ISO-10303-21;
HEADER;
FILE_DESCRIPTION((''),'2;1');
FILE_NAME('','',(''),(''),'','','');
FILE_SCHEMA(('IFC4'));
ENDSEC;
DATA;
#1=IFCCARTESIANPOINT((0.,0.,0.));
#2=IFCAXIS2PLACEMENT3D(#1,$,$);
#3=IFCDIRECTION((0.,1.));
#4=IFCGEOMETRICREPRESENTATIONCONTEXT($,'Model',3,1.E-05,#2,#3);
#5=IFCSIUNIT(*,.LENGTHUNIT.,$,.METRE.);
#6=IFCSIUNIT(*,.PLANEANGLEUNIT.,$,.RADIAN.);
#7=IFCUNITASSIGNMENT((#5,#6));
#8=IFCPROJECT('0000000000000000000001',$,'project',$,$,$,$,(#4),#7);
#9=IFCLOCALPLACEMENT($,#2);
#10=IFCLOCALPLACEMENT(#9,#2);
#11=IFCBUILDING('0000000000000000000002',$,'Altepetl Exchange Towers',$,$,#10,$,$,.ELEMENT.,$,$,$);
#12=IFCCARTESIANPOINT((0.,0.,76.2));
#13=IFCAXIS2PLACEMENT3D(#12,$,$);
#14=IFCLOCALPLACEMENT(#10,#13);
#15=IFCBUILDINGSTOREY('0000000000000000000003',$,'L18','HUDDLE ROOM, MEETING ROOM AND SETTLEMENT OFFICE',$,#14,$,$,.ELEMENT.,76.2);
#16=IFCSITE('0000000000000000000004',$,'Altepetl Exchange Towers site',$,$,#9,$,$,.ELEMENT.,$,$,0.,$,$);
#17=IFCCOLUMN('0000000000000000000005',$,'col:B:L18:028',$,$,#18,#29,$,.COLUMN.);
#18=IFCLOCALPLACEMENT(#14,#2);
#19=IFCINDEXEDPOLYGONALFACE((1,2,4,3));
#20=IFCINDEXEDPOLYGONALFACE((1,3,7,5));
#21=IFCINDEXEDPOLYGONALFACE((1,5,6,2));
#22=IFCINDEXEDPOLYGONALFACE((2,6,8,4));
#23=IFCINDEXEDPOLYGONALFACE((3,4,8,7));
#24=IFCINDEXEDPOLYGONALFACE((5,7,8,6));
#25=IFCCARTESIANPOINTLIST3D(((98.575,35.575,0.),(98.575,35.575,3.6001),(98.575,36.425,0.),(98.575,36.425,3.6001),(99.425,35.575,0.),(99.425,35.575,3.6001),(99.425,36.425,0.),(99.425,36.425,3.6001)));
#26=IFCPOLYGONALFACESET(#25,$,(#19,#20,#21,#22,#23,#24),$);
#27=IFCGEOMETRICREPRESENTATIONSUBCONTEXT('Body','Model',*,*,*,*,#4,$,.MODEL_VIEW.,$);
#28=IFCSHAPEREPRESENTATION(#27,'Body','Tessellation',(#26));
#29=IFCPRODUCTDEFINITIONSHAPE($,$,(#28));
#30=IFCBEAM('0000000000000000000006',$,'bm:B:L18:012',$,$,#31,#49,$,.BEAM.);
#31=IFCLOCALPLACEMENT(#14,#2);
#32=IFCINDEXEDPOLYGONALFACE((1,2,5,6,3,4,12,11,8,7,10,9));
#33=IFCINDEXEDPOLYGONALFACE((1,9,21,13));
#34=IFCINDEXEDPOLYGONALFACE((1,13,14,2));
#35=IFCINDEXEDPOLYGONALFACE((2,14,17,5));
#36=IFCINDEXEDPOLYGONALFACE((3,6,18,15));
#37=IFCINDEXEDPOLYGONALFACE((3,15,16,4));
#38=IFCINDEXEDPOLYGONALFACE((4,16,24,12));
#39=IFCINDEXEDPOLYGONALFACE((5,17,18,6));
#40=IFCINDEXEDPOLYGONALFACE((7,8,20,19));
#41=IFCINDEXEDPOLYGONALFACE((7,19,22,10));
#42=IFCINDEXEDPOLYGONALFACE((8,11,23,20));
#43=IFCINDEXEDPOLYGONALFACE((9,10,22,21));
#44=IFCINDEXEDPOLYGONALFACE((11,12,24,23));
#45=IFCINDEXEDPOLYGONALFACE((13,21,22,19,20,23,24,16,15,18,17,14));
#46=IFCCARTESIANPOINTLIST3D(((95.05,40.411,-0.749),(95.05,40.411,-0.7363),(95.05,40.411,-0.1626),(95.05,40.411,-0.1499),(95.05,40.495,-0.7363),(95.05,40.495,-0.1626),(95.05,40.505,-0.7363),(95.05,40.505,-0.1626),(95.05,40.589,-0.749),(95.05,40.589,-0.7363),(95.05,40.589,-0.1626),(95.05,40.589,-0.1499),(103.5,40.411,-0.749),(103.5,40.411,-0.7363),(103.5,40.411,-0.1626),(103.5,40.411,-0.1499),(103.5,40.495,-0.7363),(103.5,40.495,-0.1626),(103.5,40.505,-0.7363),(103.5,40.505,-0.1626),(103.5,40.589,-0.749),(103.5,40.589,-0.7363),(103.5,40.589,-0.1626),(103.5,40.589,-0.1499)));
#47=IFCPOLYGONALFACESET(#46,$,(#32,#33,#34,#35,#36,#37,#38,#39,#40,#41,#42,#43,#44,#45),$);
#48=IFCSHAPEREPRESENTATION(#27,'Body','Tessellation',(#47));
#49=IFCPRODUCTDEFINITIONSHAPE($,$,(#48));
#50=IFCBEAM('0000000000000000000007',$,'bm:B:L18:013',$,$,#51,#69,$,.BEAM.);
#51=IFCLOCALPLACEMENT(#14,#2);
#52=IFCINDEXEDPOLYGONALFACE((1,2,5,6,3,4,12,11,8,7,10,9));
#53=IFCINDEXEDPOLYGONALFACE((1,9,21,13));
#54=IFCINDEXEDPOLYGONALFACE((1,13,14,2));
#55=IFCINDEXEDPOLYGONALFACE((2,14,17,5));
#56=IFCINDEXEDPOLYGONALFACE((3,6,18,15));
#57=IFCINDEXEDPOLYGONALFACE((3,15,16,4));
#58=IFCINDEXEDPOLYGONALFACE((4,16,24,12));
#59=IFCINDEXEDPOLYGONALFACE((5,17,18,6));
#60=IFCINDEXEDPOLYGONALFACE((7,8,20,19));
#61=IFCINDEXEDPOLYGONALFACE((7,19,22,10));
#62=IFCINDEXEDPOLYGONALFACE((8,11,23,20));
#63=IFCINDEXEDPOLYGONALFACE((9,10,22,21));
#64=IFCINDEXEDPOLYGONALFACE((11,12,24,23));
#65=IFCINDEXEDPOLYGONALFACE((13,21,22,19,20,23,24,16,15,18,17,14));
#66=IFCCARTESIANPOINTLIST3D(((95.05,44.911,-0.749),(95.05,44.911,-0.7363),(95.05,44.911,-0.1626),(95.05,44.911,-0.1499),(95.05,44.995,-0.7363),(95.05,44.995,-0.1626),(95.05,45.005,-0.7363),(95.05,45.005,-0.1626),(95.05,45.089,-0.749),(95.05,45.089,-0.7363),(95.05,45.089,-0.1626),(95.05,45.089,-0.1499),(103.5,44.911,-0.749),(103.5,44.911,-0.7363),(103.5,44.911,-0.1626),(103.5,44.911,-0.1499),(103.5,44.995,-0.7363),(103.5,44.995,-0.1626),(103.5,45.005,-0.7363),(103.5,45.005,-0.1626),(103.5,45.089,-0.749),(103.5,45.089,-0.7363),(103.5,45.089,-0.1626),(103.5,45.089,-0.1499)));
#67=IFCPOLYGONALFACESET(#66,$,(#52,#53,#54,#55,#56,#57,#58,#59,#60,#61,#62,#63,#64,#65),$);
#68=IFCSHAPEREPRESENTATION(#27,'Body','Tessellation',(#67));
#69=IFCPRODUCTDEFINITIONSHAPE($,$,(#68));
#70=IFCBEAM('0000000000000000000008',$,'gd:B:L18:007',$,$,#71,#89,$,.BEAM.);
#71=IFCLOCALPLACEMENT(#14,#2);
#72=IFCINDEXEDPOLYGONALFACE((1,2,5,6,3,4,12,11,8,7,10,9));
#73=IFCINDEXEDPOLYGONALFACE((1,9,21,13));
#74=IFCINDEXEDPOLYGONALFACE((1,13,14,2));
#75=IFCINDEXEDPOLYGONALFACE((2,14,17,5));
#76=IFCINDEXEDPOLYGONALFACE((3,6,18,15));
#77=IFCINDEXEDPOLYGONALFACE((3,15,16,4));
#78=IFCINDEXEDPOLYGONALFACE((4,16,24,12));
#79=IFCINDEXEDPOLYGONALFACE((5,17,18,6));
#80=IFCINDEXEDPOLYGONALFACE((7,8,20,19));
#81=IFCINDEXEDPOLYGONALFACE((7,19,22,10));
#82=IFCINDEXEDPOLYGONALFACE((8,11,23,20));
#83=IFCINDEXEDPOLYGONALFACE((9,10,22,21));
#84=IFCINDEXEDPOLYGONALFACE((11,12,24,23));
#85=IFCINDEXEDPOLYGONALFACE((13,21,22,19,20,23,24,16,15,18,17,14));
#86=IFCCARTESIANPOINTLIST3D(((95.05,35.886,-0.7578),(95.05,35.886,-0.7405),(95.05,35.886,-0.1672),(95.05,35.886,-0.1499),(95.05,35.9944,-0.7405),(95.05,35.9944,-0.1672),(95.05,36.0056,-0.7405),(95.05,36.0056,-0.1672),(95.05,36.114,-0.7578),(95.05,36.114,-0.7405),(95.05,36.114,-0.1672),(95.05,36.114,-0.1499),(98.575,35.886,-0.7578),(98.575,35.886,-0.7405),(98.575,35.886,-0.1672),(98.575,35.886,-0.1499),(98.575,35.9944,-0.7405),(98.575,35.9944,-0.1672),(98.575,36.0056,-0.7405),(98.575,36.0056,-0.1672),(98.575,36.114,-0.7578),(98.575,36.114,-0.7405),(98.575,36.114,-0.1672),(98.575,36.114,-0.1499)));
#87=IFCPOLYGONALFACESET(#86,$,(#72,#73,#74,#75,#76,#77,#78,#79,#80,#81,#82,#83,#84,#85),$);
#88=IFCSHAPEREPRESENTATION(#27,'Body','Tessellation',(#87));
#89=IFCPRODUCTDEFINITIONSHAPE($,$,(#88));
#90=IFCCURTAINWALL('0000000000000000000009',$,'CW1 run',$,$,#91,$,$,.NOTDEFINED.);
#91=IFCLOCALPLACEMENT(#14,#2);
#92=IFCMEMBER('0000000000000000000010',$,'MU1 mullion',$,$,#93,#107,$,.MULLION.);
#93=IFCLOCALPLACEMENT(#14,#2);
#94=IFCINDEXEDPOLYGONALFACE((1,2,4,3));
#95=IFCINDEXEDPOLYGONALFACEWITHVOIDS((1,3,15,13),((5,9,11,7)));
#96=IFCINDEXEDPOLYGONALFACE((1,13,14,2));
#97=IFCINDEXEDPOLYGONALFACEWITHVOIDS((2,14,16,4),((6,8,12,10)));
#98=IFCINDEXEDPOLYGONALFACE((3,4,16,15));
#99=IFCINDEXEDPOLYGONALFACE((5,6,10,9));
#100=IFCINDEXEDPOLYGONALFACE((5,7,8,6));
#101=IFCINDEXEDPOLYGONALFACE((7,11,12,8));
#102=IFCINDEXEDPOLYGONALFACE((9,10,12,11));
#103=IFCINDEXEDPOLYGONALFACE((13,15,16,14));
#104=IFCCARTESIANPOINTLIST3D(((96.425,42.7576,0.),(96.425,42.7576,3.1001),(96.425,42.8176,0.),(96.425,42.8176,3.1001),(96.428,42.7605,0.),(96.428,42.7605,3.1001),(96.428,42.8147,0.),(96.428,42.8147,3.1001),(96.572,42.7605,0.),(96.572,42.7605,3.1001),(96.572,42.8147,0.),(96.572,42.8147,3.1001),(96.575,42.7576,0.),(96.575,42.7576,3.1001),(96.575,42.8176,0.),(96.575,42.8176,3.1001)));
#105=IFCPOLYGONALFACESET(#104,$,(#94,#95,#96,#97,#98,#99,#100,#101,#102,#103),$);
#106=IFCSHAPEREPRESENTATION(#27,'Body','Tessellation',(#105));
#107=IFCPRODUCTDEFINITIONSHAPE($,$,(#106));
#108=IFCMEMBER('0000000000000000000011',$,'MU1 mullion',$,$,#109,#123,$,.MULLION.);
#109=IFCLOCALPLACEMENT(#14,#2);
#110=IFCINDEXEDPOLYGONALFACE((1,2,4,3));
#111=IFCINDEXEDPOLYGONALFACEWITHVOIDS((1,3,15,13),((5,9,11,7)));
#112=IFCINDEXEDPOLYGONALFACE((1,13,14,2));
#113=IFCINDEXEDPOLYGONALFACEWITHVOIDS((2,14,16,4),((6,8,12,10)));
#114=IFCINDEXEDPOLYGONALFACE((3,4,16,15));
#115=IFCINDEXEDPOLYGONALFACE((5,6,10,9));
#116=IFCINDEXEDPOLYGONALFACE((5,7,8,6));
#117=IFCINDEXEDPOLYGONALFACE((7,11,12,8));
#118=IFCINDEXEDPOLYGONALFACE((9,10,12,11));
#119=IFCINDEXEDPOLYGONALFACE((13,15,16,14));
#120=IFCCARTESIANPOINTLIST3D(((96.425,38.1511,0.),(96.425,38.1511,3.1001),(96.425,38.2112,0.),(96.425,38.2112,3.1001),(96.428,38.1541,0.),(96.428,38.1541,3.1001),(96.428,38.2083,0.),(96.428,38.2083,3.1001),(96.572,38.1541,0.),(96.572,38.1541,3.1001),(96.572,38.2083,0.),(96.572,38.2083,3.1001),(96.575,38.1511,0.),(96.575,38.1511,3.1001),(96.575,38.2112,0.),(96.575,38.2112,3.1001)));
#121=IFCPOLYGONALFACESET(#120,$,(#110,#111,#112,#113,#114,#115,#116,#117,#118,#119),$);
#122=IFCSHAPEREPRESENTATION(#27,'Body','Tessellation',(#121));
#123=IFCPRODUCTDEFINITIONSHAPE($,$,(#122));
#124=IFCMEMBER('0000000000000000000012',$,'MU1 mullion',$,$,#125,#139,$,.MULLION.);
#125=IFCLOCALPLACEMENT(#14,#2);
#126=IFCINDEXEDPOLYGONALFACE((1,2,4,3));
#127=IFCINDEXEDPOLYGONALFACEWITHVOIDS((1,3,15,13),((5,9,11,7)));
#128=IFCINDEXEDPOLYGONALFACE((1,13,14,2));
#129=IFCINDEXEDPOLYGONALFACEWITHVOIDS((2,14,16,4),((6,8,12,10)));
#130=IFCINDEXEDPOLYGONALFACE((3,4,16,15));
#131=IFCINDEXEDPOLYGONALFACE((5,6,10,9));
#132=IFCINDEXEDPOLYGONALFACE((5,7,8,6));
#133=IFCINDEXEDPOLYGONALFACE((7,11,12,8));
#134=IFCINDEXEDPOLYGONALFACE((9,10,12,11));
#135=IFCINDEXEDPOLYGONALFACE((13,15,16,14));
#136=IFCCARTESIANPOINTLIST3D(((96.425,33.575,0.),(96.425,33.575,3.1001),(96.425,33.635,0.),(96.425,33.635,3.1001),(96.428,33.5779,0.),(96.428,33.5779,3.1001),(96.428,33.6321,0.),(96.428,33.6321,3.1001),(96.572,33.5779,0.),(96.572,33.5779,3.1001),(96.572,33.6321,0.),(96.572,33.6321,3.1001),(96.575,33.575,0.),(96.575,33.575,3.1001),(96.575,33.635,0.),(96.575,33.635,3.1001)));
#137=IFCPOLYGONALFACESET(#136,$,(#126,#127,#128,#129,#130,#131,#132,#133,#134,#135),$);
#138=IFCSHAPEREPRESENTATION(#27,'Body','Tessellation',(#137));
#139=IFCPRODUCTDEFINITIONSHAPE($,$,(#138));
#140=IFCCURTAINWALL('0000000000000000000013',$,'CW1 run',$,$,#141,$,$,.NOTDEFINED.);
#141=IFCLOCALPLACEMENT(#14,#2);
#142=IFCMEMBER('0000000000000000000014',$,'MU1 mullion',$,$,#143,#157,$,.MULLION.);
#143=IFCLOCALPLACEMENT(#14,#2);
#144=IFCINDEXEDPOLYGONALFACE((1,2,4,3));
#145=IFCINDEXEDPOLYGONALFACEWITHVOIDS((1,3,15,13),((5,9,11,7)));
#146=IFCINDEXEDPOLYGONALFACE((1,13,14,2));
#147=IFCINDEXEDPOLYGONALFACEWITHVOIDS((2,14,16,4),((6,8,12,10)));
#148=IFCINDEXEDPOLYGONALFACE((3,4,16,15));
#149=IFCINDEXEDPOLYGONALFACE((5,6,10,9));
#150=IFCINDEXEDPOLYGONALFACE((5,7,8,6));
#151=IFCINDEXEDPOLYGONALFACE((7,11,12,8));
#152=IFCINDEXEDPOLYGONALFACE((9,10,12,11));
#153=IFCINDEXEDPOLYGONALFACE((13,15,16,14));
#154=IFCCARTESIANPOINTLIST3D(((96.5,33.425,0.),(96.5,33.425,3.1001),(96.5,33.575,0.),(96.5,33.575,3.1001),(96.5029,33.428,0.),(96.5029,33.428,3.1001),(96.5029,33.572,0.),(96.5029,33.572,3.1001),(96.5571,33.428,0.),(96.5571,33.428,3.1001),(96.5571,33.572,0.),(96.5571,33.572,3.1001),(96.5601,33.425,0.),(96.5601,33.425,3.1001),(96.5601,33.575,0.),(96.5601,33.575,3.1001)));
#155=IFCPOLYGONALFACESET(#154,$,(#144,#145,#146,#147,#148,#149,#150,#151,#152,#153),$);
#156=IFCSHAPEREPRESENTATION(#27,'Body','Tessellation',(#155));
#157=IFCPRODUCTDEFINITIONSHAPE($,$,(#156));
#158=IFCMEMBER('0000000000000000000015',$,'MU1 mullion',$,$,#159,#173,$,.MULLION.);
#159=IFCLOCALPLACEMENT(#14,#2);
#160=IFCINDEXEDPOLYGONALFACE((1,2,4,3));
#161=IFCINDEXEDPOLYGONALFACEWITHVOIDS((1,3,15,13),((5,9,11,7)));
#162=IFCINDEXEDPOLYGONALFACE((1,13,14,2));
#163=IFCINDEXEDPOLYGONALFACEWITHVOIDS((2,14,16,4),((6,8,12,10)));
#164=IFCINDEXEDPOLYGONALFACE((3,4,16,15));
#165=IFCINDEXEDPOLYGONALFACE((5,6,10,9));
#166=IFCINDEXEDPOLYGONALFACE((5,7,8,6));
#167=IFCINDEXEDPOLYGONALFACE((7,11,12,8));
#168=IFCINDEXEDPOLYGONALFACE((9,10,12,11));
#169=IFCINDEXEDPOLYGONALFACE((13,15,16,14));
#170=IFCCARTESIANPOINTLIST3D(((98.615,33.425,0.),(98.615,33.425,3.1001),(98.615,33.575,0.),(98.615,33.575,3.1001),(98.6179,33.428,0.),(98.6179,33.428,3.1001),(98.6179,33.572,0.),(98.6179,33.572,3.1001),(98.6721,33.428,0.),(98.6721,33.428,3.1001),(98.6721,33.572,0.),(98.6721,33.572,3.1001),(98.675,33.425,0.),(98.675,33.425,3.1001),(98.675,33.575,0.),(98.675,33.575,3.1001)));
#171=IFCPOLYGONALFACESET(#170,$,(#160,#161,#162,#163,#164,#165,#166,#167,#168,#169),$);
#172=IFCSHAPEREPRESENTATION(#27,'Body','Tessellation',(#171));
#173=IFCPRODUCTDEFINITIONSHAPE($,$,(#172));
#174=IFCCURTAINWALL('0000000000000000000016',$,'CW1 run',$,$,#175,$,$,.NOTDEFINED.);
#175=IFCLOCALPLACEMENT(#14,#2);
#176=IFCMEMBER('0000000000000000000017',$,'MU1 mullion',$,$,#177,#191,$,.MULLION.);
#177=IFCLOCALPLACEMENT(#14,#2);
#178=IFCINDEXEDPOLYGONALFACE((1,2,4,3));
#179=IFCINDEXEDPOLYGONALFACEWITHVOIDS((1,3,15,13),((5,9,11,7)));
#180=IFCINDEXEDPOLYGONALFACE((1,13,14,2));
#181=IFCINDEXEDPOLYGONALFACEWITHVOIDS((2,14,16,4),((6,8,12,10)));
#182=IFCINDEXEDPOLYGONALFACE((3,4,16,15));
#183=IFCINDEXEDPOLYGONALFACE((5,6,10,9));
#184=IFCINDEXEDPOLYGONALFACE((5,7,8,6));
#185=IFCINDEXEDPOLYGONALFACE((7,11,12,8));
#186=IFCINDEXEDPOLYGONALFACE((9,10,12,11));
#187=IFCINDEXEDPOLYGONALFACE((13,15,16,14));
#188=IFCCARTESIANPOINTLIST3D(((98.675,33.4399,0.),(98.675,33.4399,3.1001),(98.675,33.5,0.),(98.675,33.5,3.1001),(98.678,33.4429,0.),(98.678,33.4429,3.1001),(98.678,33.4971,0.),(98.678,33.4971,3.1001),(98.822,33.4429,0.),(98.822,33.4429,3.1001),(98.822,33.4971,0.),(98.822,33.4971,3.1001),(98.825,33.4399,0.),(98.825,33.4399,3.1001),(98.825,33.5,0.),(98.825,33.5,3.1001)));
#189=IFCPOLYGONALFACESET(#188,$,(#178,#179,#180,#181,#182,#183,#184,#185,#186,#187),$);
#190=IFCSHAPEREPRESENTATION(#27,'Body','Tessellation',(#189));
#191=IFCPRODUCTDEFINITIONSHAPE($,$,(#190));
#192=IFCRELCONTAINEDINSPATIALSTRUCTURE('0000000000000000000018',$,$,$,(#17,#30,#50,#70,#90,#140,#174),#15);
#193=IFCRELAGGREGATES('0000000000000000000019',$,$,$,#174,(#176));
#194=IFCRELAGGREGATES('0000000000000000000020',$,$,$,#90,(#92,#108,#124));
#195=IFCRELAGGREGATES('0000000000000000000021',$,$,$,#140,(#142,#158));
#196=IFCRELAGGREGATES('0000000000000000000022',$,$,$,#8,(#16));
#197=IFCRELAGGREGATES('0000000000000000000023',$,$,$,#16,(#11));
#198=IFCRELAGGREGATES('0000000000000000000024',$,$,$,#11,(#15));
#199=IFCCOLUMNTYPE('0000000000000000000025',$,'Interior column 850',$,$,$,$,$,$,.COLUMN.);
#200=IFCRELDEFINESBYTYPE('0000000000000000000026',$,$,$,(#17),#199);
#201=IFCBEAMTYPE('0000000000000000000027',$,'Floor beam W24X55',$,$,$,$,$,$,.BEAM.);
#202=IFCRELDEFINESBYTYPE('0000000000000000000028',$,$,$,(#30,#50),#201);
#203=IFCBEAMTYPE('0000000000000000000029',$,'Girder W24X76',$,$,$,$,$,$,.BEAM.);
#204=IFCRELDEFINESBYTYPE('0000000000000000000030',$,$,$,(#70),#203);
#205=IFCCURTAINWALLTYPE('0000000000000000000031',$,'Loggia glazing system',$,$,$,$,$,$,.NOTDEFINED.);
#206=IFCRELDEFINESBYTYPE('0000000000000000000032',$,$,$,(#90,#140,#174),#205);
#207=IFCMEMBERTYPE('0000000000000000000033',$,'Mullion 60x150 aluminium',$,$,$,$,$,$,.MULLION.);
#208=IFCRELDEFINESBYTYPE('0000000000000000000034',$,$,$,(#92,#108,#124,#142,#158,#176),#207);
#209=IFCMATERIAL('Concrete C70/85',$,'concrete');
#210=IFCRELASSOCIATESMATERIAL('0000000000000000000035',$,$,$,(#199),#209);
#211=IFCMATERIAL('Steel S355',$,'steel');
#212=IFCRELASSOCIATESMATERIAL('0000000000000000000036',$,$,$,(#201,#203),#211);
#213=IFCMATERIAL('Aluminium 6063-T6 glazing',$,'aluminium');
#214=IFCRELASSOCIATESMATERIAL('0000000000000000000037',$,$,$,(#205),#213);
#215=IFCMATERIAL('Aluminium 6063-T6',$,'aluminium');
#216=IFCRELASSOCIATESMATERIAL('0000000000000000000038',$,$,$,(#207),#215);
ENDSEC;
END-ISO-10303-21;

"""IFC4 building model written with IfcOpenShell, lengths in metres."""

from ifc_helpers import new_model, si_unit, direction, frame, origin, origin_2d, place, context, subcontext, project, spatial, rectangle, hollow_rectangle, i_section, extrude, material, material_profile, profile_set, type_object, element, aggregate, save


model = new_model("IFC4")

# Units and contexts
model_context = context("Model", 3, precision=1e-05, world=origin(), true_north=direction((0.0, 1.0)))
body_context = subcontext(model_context, "Body", "Model", "MODEL_VIEW")
ifc_project = project(units=[si_unit("LENGTHUNIT", "METRE"), si_unit("PLANEANGLEUNIT", "RADIAN")], contexts=[model_context])

# Site, building, storey
site_placement = place(None, origin())
site = spatial("IfcSite", under=ifc_project, at=site_placement, Name="Altepetl Exchange Towers site", CompositionType="ELEMENT", RefElevation=0.0)
building_placement = place(site_placement, origin())
building = spatial("IfcBuilding", under=site, at=building_placement, Name="Altepetl Exchange Towers", CompositionType="ELEMENT")
storey_placement = place(building_placement, frame((0.0, 0.0, 76.2)))
storey = spatial("IfcBuildingStorey", under=building, at=storey_placement, Name="L18", Description="HUDDLE ROOM, MEETING ROOM AND SETTLEMENT OFFICE", CompositionType="ELEMENT", Elevation=76.2)

# Column
ifc_material_1 = material(Name="Concrete C70/85", Category="concrete")
ifc_material_profile_1 = material_profile(ifc_material_1, rectangle(XDim=0.8501, YDim=0.8501, at=origin_2d()), Name="850 x 850")
ifc_profile_set_1 = profile_set([ifc_material_profile_1], Name="Concrete C70/85")
column_type = type_object("IfcColumnType", Name="Interior column 850", PredefinedType="COLUMN", material=ifc_profile_set_1)
column_placement = place(storey_placement, frame((99.0, 36.0, 0.0)))
element("IfcColumn", 1, at=column_placement, inside=storey, type_object=column_type, Name="col:B:L18:028", PredefinedType="COLUMN", context=body_context, shape_type="SweptSolid", body=[
    extrude(rectangle(XDim=0.8501, YDim=0.8501, at=origin_2d()), origin(), (0.0, 0.0, 1.0), 3.6001),
])

# Beams
ifc_material_2 = material(Name="Steel S355", Category="steel")
ifc_material_profile_2 = material_profile(ifc_material_2, i_section(OverallWidth=0.178, OverallDepth=0.5991, WebThickness=0.01, FlangeThickness=0.0127, at=origin_2d()), Name="W24X55")
ifc_profile_set_2 = profile_set([ifc_material_profile_2], Name="Steel S355")
beam_type_1 = type_object("IfcBeamType", Name="Floor beam W24X55", PredefinedType="BEAM", material=ifc_profile_set_2)
for number, where, z_axis, x_axis, name in (
    (2, (95.05, 40.5, -0.4495), (1.0, 0.0, 0.0), (0.0, 1.0, 0.0), "bm:B:L18:012"),
    (3, (95.05, 45.0, -0.4495), (1.0, 0.0, 0.0), (0.0, 1.0, 0.0), "bm:B:L18:013"),
):
    element("IfcBeam", number, at=place(storey_placement, frame(where, z_axis=z_axis, x_axis=x_axis)), inside=storey, type_object=beam_type_1, Name=name, PredefinedType="BEAM", context=body_context, shape_type="SweptSolid", body=[
        extrude(i_section(OverallWidth=0.178, OverallDepth=0.5991, WebThickness=0.01, FlangeThickness=0.0127, at=origin_2d()), origin(), (0.0, 0.0, 1.0), 8.45),
    ])
ifc_material_profile_3 = material_profile(ifc_material_2, i_section(OverallWidth=0.228, OverallDepth=0.6079, WebThickness=0.0112, FlangeThickness=0.0173, at=origin_2d()), Name="W24X76")
ifc_profile_set_3 = profile_set([ifc_material_profile_3], Name="Steel S355")
beam_type_2 = type_object("IfcBeamType", Name="Girder W24X76", PredefinedType="BEAM", material=ifc_profile_set_3)
beam_placement = place(storey_placement, frame((98.575, 36.0, -0.4539), z_axis=(-1.0, 0.0, 0.0), x_axis=(0.0, -1.0, 0.0)))
element("IfcBeam", 4, at=beam_placement, inside=storey, type_object=beam_type_2, Name="gd:B:L18:007", PredefinedType="BEAM", context=body_context, shape_type="SweptSolid", body=[
    extrude(i_section(OverallWidth=0.228, OverallDepth=0.6079, WebThickness=0.0112, FlangeThickness=0.0173, at=origin_2d()), origin(), (0.0, 0.0, 1.0), 3.5249),
])

# Curtain walls, members
ifc_material_3 = material(Name="Aluminium 6063-T6 glazing", Category="aluminium")
curtain_wall_type = type_object("IfcCurtainWallType", Name="Loggia glazing system", PredefinedType="NOTDEFINED", material=ifc_material_3)
curtain_wall_1_placement = place(storey_placement, origin())
curtain_wall_1 = element("IfcCurtainWall", 5, at=curtain_wall_1_placement, inside=storey, type_object=curtain_wall_type, Name="CW1 run", PredefinedType="NOTDEFINED")
ifc_material_4 = material(Name="Aluminium 6063-T6", Category="aluminium")
ifc_material_profile_4 = material_profile(ifc_material_4, hollow_rectangle(XDim=0.0601, YDim=0.1499, WallThickness=0.0029, at=origin_2d()), Name="Mullion 60x150 aluminium")
ifc_profile_set_4 = profile_set([ifc_material_profile_4], Name="Aluminium 6063-T6")
member_type = type_object("IfcMemberType", Name="Mullion 60x150 aluminium", PredefinedType="MULLION", material=ifc_profile_set_4)
member_1_placement = place(storey_placement, frame((96.5, 42.7876, 0.0), z_axis=(0.0, 0.0, 1.0), x_axis=(0.0, -1.0, 0.0)))
member_1 = element("IfcMember", 6, at=member_1_placement, type_object=member_type, Name="MU1 mullion", PredefinedType="MULLION", context=body_context, shape_type="SweptSolid", body=[
    extrude(hollow_rectangle(XDim=0.0601, YDim=0.1499, WallThickness=0.0029, at=origin_2d()), origin(), (0.0, 0.0, 1.0), 3.1001),
])
member_2_placement = place(storey_placement, frame((96.5, 38.1812, 0.0), z_axis=(0.0, 0.0, 1.0), x_axis=(0.0, -1.0, 0.0)))
member_2 = element("IfcMember", 7, at=member_2_placement, type_object=member_type, Name="MU1 mullion", PredefinedType="MULLION", context=body_context, shape_type="SweptSolid", body=[
    extrude(hollow_rectangle(XDim=0.0601, YDim=0.1499, WallThickness=0.0029, at=origin_2d()), origin(), (0.0, 0.0, 1.0), 3.1001),
])
member_3_placement = place(storey_placement, frame((96.5, 33.605, 0.0), z_axis=(0.0, 0.0, 1.0), x_axis=(0.0, -1.0, 0.0)))
member_3 = element("IfcMember", 8, at=member_3_placement, type_object=member_type, Name="MU1 mullion", PredefinedType="MULLION", context=body_context, shape_type="SweptSolid", body=[
    extrude(hollow_rectangle(XDim=0.0601, YDim=0.1499, WallThickness=0.0029, at=origin_2d()), origin(), (0.0, 0.0, 1.0), 3.1001),
])
curtain_wall_2_placement = place(storey_placement, origin())
curtain_wall_2 = element("IfcCurtainWall", 9, at=curtain_wall_2_placement, inside=storey, type_object=curtain_wall_type, Name="CW1 run", PredefinedType="NOTDEFINED")
member_4_placement = place(storey_placement, frame((96.53, 33.5, 0.0)))
member_4 = element("IfcMember", 10, at=member_4_placement, type_object=member_type, Name="MU1 mullion", PredefinedType="MULLION", context=body_context, shape_type="SweptSolid", body=[
    extrude(hollow_rectangle(XDim=0.0601, YDim=0.1499, WallThickness=0.0029, at=origin_2d()), origin(), (0.0, 0.0, 1.0), 3.1001),
])
member_5_placement = place(storey_placement, frame((98.645, 33.5, 0.0)))
member_5 = element("IfcMember", 11, at=member_5_placement, type_object=member_type, Name="MU1 mullion", PredefinedType="MULLION", context=body_context, shape_type="SweptSolid", body=[
    extrude(hollow_rectangle(XDim=0.0601, YDim=0.1499, WallThickness=0.0029, at=origin_2d()), origin(), (0.0, 0.0, 1.0), 3.1001),
])

# Curtain wall, member
curtain_wall_3_placement = place(storey_placement, origin())
curtain_wall_3 = element("IfcCurtainWall", 12, at=curtain_wall_3_placement, inside=storey, type_object=curtain_wall_type, Name="CW1 run", PredefinedType="NOTDEFINED")
member_6_placement = place(storey_placement, frame((98.75, 33.47, 0.0), z_axis=(0.0, 0.0, 1.0), x_axis=(0.0, -1.0, 0.0)))
member_6 = element("IfcMember", 13, at=member_6_placement, type_object=member_type, Name="MU1 mullion", PredefinedType="MULLION", context=body_context, shape_type="SweptSolid", body=[
    extrude(hollow_rectangle(XDim=0.0601, YDim=0.1499, WallThickness=0.0029, at=origin_2d()), origin(), (0.0, 0.0, 1.0), 3.1001),
])
aggregate(curtain_wall_3, [member_6])

aggregate(curtain_wall_1, [member_1, member_2, member_3])
aggregate(curtain_wall_2, [member_4, member_5])

save(model, "model.ifc")
